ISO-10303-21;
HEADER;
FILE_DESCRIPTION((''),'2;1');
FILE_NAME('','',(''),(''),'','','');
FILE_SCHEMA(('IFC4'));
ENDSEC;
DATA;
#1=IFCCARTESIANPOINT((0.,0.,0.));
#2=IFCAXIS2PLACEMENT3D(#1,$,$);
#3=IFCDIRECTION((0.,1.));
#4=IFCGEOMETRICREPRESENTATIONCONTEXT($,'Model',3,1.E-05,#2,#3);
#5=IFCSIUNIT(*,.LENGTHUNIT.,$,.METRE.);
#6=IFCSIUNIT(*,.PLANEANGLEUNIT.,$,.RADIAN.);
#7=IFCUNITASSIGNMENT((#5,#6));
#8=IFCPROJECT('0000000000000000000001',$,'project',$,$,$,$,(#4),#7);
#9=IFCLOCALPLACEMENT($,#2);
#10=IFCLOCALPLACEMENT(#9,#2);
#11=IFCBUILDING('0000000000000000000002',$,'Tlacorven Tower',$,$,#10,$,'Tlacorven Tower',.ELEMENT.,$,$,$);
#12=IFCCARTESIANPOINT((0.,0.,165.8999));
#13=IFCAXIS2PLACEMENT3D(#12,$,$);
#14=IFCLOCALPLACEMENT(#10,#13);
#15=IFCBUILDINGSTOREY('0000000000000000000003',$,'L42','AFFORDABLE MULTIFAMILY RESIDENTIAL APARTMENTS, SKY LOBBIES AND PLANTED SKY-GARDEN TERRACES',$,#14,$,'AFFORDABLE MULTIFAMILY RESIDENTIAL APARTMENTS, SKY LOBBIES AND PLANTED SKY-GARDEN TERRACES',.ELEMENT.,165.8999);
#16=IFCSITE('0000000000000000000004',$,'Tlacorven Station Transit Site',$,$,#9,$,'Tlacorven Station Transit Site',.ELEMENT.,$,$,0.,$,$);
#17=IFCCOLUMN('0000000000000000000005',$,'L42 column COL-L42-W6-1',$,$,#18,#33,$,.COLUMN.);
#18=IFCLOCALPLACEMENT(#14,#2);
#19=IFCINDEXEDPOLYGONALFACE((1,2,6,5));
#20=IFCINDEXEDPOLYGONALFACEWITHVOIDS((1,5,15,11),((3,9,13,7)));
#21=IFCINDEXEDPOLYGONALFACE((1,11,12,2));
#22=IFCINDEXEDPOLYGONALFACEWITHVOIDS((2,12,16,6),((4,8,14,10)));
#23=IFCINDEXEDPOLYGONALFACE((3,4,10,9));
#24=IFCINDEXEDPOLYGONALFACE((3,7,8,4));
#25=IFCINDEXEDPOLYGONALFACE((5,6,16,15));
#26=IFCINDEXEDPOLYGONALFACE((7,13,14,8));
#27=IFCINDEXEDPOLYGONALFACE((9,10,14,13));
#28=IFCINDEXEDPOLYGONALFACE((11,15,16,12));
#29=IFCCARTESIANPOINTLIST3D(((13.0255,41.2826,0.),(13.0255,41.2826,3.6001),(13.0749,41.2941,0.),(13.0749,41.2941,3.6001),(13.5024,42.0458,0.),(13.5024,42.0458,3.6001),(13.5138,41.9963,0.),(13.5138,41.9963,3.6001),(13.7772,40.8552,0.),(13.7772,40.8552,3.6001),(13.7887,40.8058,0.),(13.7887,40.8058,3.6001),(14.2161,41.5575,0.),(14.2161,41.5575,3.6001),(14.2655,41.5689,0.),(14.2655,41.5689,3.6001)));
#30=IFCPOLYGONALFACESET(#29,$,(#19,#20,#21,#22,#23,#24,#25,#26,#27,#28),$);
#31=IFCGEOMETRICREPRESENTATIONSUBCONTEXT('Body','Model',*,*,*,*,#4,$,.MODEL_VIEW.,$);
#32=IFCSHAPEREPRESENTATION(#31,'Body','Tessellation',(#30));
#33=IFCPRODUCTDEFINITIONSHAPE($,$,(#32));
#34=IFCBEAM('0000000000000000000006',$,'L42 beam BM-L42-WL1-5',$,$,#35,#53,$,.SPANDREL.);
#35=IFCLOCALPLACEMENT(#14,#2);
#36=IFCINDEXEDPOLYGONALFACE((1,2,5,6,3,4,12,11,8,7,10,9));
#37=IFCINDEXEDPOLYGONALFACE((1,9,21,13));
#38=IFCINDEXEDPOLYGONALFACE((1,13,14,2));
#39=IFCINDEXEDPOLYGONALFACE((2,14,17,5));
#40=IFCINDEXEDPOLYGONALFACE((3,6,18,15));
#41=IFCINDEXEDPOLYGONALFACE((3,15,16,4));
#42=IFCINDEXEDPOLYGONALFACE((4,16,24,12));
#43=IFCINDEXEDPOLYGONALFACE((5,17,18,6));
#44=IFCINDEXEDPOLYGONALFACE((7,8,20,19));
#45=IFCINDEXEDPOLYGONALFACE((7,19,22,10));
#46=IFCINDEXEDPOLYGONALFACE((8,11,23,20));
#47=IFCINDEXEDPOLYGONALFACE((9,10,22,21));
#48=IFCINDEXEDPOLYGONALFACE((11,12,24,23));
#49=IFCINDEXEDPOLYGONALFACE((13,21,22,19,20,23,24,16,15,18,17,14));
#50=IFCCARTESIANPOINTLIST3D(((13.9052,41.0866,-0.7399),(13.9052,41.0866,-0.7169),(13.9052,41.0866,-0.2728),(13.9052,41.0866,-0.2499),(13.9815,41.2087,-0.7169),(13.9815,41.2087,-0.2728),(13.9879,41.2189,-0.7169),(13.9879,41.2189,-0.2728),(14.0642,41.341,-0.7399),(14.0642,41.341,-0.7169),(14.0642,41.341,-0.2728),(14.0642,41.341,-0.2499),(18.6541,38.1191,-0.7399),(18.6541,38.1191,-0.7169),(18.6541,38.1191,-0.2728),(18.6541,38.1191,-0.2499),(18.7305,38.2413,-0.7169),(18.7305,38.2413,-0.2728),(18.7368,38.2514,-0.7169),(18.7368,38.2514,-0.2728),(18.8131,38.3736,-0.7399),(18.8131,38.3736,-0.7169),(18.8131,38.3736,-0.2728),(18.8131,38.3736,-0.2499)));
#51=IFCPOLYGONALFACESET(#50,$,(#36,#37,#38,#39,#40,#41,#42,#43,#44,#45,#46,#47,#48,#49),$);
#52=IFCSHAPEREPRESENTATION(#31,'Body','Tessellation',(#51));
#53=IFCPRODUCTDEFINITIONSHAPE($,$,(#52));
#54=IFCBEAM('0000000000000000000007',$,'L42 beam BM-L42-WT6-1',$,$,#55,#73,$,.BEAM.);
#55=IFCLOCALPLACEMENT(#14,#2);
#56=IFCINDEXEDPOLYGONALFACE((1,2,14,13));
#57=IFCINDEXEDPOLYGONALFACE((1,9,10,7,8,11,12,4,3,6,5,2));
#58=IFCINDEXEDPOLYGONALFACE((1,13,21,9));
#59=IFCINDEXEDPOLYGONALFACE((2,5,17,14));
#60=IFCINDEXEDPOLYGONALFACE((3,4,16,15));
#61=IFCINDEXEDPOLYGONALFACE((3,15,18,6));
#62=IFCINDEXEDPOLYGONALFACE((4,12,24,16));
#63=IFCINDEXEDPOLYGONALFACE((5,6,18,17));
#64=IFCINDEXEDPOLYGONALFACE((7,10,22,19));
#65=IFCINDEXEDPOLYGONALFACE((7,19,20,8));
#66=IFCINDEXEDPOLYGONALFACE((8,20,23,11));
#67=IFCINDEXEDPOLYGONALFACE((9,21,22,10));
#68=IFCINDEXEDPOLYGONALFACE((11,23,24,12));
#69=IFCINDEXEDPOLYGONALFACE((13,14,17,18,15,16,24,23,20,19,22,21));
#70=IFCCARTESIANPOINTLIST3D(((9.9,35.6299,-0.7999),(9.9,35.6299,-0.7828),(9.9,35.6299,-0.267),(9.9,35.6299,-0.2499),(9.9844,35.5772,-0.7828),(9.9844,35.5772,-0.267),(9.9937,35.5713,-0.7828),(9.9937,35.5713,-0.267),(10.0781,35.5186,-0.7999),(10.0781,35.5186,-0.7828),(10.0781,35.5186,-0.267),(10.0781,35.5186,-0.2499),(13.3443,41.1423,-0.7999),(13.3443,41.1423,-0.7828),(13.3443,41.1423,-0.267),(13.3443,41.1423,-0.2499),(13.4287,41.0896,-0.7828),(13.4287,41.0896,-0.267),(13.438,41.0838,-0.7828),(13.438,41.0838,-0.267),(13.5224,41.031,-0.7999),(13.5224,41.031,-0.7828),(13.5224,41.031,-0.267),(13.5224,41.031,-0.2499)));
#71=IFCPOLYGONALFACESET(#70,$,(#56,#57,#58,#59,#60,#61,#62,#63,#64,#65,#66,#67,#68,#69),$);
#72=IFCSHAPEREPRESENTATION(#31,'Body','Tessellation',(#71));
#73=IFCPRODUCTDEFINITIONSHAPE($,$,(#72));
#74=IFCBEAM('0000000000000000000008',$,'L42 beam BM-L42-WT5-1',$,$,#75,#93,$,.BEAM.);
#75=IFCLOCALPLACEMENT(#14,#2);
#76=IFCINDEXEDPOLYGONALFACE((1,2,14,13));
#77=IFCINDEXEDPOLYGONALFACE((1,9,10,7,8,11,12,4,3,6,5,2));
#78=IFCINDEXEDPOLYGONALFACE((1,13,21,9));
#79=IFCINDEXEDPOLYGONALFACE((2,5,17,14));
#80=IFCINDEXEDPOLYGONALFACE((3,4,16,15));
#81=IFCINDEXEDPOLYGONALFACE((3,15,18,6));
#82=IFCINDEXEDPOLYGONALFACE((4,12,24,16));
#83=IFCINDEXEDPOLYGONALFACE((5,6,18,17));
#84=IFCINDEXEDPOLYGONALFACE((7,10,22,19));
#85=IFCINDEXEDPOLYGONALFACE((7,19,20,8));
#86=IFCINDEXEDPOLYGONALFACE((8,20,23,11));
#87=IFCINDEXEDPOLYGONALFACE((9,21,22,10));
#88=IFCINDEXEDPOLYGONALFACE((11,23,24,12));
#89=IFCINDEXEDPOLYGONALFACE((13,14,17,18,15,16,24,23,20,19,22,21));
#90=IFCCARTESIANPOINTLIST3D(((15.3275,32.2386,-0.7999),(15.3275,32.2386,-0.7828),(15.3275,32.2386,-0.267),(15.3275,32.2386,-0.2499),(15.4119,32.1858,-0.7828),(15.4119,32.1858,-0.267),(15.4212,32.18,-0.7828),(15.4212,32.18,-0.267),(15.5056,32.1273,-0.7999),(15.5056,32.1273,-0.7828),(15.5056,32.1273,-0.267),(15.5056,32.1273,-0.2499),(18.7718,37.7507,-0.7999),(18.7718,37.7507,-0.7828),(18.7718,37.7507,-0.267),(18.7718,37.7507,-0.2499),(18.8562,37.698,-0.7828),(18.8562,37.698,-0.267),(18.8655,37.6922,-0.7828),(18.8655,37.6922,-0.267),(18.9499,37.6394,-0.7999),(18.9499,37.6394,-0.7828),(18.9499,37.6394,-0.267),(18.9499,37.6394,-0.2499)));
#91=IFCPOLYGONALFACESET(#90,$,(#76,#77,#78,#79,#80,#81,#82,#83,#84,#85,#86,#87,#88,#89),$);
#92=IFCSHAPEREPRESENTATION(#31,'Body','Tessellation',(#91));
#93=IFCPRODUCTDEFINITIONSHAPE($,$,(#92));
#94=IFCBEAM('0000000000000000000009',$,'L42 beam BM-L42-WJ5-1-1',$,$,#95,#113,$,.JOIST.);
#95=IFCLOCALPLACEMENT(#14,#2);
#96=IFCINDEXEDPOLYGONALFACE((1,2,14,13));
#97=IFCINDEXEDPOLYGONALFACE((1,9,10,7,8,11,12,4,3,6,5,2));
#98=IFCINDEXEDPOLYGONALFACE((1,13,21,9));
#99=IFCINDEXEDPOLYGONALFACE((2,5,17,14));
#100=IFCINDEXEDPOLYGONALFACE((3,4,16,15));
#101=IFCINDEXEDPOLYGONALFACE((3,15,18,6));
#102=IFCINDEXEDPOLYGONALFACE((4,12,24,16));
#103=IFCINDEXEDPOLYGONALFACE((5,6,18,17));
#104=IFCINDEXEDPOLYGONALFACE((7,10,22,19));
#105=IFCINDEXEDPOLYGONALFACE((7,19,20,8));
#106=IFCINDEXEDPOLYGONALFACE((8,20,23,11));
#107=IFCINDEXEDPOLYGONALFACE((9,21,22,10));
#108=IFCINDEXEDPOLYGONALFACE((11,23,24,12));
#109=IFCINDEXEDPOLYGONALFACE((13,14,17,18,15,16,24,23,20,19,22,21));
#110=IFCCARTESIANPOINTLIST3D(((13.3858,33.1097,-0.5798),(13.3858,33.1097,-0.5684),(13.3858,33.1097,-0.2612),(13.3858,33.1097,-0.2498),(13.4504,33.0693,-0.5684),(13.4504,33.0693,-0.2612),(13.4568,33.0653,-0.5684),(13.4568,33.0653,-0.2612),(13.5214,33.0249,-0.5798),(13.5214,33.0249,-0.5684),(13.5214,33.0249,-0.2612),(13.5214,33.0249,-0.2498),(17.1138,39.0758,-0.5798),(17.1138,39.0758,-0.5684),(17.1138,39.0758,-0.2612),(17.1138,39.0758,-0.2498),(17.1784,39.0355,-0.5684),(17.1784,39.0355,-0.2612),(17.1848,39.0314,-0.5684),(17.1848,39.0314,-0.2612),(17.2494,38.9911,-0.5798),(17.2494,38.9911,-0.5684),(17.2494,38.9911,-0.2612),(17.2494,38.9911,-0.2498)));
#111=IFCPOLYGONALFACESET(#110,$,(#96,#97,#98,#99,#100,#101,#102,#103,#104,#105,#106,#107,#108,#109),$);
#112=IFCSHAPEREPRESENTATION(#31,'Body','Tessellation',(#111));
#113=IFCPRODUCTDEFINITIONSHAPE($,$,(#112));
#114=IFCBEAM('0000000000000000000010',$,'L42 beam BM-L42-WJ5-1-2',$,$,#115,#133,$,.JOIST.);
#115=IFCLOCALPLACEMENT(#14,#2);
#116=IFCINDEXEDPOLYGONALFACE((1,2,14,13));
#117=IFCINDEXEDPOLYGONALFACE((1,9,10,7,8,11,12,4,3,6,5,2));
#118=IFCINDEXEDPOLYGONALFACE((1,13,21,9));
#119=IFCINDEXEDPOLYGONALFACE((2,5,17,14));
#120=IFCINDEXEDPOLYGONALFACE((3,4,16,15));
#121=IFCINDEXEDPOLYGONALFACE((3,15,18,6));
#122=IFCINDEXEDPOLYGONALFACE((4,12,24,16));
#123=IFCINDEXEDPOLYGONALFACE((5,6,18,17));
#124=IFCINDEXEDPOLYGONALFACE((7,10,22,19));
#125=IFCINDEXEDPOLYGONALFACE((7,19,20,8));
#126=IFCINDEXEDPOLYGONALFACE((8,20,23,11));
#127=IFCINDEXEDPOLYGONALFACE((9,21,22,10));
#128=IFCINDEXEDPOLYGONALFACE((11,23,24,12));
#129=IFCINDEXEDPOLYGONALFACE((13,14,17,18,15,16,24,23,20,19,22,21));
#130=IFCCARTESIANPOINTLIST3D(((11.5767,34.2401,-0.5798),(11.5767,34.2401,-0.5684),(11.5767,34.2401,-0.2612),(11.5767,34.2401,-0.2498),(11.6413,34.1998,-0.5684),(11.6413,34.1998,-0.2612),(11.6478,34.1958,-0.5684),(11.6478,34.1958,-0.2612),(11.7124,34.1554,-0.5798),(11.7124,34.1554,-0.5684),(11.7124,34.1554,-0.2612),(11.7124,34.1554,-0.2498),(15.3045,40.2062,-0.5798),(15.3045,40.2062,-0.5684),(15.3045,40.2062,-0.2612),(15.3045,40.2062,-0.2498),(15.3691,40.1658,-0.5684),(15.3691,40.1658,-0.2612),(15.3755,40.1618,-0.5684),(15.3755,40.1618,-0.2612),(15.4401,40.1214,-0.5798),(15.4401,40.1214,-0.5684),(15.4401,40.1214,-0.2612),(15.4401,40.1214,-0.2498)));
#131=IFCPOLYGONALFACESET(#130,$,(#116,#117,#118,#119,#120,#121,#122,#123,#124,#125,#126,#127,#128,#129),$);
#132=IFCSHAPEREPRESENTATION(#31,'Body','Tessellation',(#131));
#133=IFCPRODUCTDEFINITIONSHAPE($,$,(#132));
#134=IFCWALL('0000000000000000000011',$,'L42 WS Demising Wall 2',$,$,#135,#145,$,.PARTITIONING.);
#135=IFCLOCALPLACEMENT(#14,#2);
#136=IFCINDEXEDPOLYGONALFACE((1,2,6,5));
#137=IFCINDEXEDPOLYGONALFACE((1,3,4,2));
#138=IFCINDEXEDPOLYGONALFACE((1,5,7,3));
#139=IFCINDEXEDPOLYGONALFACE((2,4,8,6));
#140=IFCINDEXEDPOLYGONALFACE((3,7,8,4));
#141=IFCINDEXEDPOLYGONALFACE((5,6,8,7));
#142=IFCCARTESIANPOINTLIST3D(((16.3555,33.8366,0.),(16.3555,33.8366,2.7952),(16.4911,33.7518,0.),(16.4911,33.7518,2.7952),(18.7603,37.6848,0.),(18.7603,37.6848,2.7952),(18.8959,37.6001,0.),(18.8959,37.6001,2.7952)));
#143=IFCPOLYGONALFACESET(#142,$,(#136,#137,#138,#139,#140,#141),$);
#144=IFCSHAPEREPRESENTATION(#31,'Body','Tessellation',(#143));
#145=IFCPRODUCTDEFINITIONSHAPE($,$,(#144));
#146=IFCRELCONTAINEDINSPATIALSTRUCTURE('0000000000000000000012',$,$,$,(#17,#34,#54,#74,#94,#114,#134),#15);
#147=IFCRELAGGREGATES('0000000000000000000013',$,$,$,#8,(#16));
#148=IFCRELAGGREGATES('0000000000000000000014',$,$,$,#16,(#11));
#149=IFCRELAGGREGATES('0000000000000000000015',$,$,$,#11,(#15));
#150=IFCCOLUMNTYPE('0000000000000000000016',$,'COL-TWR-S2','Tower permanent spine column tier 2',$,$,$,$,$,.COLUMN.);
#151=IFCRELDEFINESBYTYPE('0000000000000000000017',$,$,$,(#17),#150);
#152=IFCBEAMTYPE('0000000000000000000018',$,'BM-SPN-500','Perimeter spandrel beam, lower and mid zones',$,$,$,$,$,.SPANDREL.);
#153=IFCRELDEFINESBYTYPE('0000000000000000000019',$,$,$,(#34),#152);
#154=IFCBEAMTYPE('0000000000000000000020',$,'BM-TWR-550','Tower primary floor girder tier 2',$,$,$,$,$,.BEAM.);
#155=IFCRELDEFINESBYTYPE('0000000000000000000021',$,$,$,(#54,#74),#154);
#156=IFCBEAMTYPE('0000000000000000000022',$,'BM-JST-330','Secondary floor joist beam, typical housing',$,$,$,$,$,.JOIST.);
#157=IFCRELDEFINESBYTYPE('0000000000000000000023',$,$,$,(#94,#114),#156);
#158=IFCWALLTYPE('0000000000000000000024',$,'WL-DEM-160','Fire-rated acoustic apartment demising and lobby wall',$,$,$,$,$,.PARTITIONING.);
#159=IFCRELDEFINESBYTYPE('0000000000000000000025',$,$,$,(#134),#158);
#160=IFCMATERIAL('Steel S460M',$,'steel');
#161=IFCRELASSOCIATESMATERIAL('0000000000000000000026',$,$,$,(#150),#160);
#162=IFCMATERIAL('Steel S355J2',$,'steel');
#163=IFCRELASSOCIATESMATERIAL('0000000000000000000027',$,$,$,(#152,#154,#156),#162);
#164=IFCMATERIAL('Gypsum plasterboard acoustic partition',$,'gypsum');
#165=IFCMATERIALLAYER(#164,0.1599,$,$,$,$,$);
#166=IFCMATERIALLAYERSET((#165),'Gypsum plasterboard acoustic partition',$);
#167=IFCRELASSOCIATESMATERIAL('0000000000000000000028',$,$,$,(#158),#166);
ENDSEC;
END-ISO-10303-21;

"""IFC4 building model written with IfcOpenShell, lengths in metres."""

from ifc_helpers import new_model, si_unit, direction, frame, frame_2d, origin, origin_2d, place, context, subcontext, project, spatial, rectangle, hollow_rectangle, i_section, extrude, source, transform, mapped, material, layer, layer_set, material_profile, profile_set, type_object, element, save


model = new_model("IFC4")

# Units and contexts
model_context = context("Model", 3, precision=1e-05, world=origin(), true_north=direction((0.0, 1.0)))
body_context = subcontext(model_context, "Body", "Model", "MODEL_VIEW")
ifc_project = project(units=[si_unit("LENGTHUNIT", "METRE"), si_unit("PLANEANGLEUNIT", "RADIAN")], contexts=[model_context])

# Site, building, storey
site_placement = place(None, origin())
site = spatial("IfcSite", under=ifc_project, at=site_placement, Name="Tlacorven Station Transit Site", LongName="Tlacorven Station Transit Site", CompositionType="ELEMENT", RefElevation=0.0)
building_placement = place(site_placement, origin())
building = spatial("IfcBuilding", under=site, at=building_placement, Name="Tlacorven Tower", LongName="Tlacorven Tower", CompositionType="ELEMENT")
storey_placement = place(building_placement, frame((0.0, 0.0, 165.8999)))
storey = spatial("IfcBuildingStorey", under=building, at=storey_placement, Name="L42", Description="AFFORDABLE MULTIFAMILY RESIDENTIAL APARTMENTS, SKY LOBBIES AND PLANTED SKY-GARDEN TERRACES", LongName="AFFORDABLE MULTIFAMILY RESIDENTIAL APARTMENTS, SKY LOBBIES AND PLANTED SKY-GARDEN TERRACES", CompositionType="ELEMENT", Elevation=165.8999)

# Column
ifc_material_1 = material(Name="Steel S460M", Category="steel")
ifc_material_profile_1 = material_profile(ifc_material_1, hollow_rectangle(XDim=0.8999, YDim=0.8999, WallThickness=0.0359, at=origin_2d()), Name="BOX 900X900X36")
ifc_profile_set_1 = profile_set([ifc_material_profile_1], Name="Steel S460M")
column_type = type_object("IfcColumnType", Name="COL-TWR-S2", Description="Tower permanent spine column tier 2", PredefinedType="COLUMN", material=ifc_profile_set_1)
shared_shape_1 = source(origin(), body_context, "Body", "SweptSolid", [
    extrude(hollow_rectangle(XDim=0.8999, YDim=0.8999, WallThickness=0.0359, at=origin_2d()), origin(), (0.0, 0.0, 1.0), 3.6001),
])
column_placement = place(storey_placement, frame((13.6455, 41.4258, 0.0), z_axis=(0.0, 0.0, 1.0), x_axis=(-0.848048, 0.529919, 0.0)))
element("IfcColumn", 1, at=column_placement, inside=storey, type_object=column_type, Name="L42 column COL-L42-W6-1", PredefinedType="COLUMN", context=body_context, shape_type="MappedRepresentation", body=[
    mapped(shared_shape_1, transform((0.0, 0.0, 0.0), scale=1.0)),
])

# Beams
ifc_material_2 = material(Name="Steel S355J2", Category="steel")
ifc_material_profile_2 = material_profile(ifc_material_2, i_section(OverallWidth=0.3, OverallDepth=0.49, WebThickness=0.012, FlangeThickness=0.0229, at=origin_2d()), Name="HEA 500")
ifc_profile_set_2 = profile_set([ifc_material_profile_2], Name="Steel S355J2")
beam_type_1 = type_object("IfcBeamType", Name="BM-SPN-500", Description="Perimeter spandrel beam, lower and mid zones", PredefinedType="SPANDREL", material=ifc_profile_set_2)
shared_shape_2 = source(origin(), body_context, "Body", "SweptSolid", [
    extrude(i_section(OverallWidth=0.3, OverallDepth=0.49, WebThickness=0.012, FlangeThickness=0.0229, at=origin_2d()), origin(), (0.0, 0.0, 1.0), 5.5999),
])
beam_1_placement = place(storey_placement, frame((18.7336, 38.2463, -0.4949), z_axis=(-0.848047, 0.529921, 0.0), x_axis=(-0.529921, -0.848047, 0.0)))
element("IfcBeam", 2, at=beam_1_placement, inside=storey, type_object=beam_type_1, Name="L42 beam BM-L42-WL1-5", PredefinedType="SPANDREL", context=body_context, shape_type="MappedRepresentation", body=[
    mapped(shared_shape_2, transform((0.0, 0.0, 0.0), scale=1.0)),
])
ifc_material_profile_3 = material_profile(ifc_material_2, i_section(OverallWidth=0.21, OverallDepth=0.55, WebThickness=0.011, FlangeThickness=0.0171, at=origin_2d()), Name="IPE 550")
ifc_profile_set_3 = profile_set([ifc_material_profile_3], Name="Steel S355J2")
beam_type_2 = type_object("IfcBeamType", Name="BM-TWR-550", Description="Tower primary floor girder tier 2", PredefinedType="BEAM", material=ifc_profile_set_3)
shared_shape_3 = source(origin(), body_context, "Body", "SweptSolid", [
    extrude(i_section(OverallWidth=0.21, OverallDepth=0.55, WebThickness=0.011, FlangeThickness=0.0171, at=origin_2d()), origin(), (0.0, 0.0, 1.0), 6.5),
])
beam_2_placement = place(storey_placement, frame((13.4333, 41.0867, -0.5249), z_axis=(-0.529894, -0.848064, 0.0), x_axis=(0.848064, -0.529894, 0.0)))
element("IfcBeam", 3, at=beam_2_placement, inside=storey, type_object=beam_type_2, Name="L42 beam BM-L42-WT6-1", PredefinedType="BEAM", context=body_context, shape_type="MappedRepresentation", body=[
    mapped(shared_shape_3, transform((0.0, 0.0, 0.0), scale=1.0)),
])
shared_shape_4 = source(origin(), body_context, "Body", "SweptSolid", [
    extrude(i_section(OverallWidth=0.21, OverallDepth=0.55, WebThickness=0.011, FlangeThickness=0.0171, at=origin_2d()), origin(), (0.0, 0.0, 1.0), 6.4998),
])
beam_3_placement = place(storey_placement, frame((18.8608, 37.6951, -0.5249), z_axis=(-0.529911, -0.848053, 0.0), x_axis=(0.848053, -0.529911, 0.0)))
element("IfcBeam", 4, at=beam_3_placement, inside=storey, type_object=beam_type_2, Name="L42 beam BM-L42-WT5-1", PredefinedType="BEAM", context=body_context, shape_type="MappedRepresentation", body=[
    mapped(shared_shape_4, transform((0.0, 0.0, 0.0), scale=1.0)),
])
ifc_material_profile_4 = material_profile(ifc_material_2, i_section(OverallWidth=0.1599, OverallDepth=0.3301, WebThickness=0.0076, FlangeThickness=0.0115, at=origin_2d()), Name="IPE 330")
ifc_profile_set_4 = profile_set([ifc_material_profile_4], Name="Steel S355J2")
beam_type_3 = type_object("IfcBeamType", Name="BM-JST-330", Description="Secondary floor joist beam, typical housing", PredefinedType="JOIST", material=ifc_profile_set_4)
shared_shape_5 = source(origin(), body_context, "Body", "SweptSolid", [
    extrude(i_section(OverallWidth=0.1599, OverallDepth=0.3301, WebThickness=0.0076, FlangeThickness=0.0115, at=origin_2d()), origin(), (0.0, 0.0, 1.0), 7.0352),
])
beam_4_placement = place(storey_placement, frame((17.1816, 39.0334, -0.4148), z_axis=(-0.529921, -0.848047, 0.0), x_axis=(0.848047, -0.529921, 0.0)))
element("IfcBeam", 5, at=beam_4_placement, inside=storey, type_object=beam_type_3, Name="L42 beam BM-L42-WJ5-1-1", PredefinedType="JOIST", context=body_context, shape_type="MappedRepresentation", body=[
    mapped(shared_shape_5, transform((0.0, 0.0, 0.0), scale=1.0)),
])
shared_shape_6 = source(origin(), body_context, "Body", "SweptSolid", [
    extrude(i_section(OverallWidth=0.1599, OverallDepth=0.3301, WebThickness=0.0076, FlangeThickness=0.0115, at=origin_2d()), origin(), (0.0, 0.0, 1.0), 7.0349),
])
beam_5_placement = place(storey_placement, frame((15.3723, 40.1638, -0.4148), z_axis=(-0.529896, -0.848063, 0.0), x_axis=(0.848063, -0.529896, 0.0)))
element("IfcBeam", 6, at=beam_5_placement, inside=storey, type_object=beam_type_3, Name="L42 beam BM-L42-WJ5-1-2", PredefinedType="JOIST", context=body_context, shape_type="MappedRepresentation", body=[
    mapped(shared_shape_6, transform((0.0, 0.0, 0.0), scale=1.0)),
])

# Wall
ifc_material_3 = material(Name="Gypsum plasterboard acoustic partition", Category="gypsum")
ifc_layer_1 = layer(ifc_material_3, 0.1599)
ifc_layer_set_1 = layer_set([ifc_layer_1], Name="Gypsum plasterboard acoustic partition")
wall_type_1 = type_object("IfcWallType", Name="WL-DEM-160", Description="Fire-rated acoustic apartment demising and lobby wall", PredefinedType="PARTITIONING", material=ifc_layer_set_1)
wall_1_placement = place(storey_placement, frame((18.8281, 37.6426, 0.0), z_axis=(0.0, 0.0, 1.0), x_axis=(-0.529926, -0.848044, 0.0)))
element("IfcWall", 7, at=wall_1_placement, inside=storey, type_object=wall_type_1, Name="L42 WS Demising Wall 2", PredefinedType="PARTITIONING", context=body_context, shape_type="SweptSolid", body=[
    extrude(rectangle(XDim=4.5378, YDim=0.1599, at=frame_2d((2.269, 0.0))), origin(), (0.0, 0.0, 1.0), 2.7952),
])

save(model, "model.ifc")
